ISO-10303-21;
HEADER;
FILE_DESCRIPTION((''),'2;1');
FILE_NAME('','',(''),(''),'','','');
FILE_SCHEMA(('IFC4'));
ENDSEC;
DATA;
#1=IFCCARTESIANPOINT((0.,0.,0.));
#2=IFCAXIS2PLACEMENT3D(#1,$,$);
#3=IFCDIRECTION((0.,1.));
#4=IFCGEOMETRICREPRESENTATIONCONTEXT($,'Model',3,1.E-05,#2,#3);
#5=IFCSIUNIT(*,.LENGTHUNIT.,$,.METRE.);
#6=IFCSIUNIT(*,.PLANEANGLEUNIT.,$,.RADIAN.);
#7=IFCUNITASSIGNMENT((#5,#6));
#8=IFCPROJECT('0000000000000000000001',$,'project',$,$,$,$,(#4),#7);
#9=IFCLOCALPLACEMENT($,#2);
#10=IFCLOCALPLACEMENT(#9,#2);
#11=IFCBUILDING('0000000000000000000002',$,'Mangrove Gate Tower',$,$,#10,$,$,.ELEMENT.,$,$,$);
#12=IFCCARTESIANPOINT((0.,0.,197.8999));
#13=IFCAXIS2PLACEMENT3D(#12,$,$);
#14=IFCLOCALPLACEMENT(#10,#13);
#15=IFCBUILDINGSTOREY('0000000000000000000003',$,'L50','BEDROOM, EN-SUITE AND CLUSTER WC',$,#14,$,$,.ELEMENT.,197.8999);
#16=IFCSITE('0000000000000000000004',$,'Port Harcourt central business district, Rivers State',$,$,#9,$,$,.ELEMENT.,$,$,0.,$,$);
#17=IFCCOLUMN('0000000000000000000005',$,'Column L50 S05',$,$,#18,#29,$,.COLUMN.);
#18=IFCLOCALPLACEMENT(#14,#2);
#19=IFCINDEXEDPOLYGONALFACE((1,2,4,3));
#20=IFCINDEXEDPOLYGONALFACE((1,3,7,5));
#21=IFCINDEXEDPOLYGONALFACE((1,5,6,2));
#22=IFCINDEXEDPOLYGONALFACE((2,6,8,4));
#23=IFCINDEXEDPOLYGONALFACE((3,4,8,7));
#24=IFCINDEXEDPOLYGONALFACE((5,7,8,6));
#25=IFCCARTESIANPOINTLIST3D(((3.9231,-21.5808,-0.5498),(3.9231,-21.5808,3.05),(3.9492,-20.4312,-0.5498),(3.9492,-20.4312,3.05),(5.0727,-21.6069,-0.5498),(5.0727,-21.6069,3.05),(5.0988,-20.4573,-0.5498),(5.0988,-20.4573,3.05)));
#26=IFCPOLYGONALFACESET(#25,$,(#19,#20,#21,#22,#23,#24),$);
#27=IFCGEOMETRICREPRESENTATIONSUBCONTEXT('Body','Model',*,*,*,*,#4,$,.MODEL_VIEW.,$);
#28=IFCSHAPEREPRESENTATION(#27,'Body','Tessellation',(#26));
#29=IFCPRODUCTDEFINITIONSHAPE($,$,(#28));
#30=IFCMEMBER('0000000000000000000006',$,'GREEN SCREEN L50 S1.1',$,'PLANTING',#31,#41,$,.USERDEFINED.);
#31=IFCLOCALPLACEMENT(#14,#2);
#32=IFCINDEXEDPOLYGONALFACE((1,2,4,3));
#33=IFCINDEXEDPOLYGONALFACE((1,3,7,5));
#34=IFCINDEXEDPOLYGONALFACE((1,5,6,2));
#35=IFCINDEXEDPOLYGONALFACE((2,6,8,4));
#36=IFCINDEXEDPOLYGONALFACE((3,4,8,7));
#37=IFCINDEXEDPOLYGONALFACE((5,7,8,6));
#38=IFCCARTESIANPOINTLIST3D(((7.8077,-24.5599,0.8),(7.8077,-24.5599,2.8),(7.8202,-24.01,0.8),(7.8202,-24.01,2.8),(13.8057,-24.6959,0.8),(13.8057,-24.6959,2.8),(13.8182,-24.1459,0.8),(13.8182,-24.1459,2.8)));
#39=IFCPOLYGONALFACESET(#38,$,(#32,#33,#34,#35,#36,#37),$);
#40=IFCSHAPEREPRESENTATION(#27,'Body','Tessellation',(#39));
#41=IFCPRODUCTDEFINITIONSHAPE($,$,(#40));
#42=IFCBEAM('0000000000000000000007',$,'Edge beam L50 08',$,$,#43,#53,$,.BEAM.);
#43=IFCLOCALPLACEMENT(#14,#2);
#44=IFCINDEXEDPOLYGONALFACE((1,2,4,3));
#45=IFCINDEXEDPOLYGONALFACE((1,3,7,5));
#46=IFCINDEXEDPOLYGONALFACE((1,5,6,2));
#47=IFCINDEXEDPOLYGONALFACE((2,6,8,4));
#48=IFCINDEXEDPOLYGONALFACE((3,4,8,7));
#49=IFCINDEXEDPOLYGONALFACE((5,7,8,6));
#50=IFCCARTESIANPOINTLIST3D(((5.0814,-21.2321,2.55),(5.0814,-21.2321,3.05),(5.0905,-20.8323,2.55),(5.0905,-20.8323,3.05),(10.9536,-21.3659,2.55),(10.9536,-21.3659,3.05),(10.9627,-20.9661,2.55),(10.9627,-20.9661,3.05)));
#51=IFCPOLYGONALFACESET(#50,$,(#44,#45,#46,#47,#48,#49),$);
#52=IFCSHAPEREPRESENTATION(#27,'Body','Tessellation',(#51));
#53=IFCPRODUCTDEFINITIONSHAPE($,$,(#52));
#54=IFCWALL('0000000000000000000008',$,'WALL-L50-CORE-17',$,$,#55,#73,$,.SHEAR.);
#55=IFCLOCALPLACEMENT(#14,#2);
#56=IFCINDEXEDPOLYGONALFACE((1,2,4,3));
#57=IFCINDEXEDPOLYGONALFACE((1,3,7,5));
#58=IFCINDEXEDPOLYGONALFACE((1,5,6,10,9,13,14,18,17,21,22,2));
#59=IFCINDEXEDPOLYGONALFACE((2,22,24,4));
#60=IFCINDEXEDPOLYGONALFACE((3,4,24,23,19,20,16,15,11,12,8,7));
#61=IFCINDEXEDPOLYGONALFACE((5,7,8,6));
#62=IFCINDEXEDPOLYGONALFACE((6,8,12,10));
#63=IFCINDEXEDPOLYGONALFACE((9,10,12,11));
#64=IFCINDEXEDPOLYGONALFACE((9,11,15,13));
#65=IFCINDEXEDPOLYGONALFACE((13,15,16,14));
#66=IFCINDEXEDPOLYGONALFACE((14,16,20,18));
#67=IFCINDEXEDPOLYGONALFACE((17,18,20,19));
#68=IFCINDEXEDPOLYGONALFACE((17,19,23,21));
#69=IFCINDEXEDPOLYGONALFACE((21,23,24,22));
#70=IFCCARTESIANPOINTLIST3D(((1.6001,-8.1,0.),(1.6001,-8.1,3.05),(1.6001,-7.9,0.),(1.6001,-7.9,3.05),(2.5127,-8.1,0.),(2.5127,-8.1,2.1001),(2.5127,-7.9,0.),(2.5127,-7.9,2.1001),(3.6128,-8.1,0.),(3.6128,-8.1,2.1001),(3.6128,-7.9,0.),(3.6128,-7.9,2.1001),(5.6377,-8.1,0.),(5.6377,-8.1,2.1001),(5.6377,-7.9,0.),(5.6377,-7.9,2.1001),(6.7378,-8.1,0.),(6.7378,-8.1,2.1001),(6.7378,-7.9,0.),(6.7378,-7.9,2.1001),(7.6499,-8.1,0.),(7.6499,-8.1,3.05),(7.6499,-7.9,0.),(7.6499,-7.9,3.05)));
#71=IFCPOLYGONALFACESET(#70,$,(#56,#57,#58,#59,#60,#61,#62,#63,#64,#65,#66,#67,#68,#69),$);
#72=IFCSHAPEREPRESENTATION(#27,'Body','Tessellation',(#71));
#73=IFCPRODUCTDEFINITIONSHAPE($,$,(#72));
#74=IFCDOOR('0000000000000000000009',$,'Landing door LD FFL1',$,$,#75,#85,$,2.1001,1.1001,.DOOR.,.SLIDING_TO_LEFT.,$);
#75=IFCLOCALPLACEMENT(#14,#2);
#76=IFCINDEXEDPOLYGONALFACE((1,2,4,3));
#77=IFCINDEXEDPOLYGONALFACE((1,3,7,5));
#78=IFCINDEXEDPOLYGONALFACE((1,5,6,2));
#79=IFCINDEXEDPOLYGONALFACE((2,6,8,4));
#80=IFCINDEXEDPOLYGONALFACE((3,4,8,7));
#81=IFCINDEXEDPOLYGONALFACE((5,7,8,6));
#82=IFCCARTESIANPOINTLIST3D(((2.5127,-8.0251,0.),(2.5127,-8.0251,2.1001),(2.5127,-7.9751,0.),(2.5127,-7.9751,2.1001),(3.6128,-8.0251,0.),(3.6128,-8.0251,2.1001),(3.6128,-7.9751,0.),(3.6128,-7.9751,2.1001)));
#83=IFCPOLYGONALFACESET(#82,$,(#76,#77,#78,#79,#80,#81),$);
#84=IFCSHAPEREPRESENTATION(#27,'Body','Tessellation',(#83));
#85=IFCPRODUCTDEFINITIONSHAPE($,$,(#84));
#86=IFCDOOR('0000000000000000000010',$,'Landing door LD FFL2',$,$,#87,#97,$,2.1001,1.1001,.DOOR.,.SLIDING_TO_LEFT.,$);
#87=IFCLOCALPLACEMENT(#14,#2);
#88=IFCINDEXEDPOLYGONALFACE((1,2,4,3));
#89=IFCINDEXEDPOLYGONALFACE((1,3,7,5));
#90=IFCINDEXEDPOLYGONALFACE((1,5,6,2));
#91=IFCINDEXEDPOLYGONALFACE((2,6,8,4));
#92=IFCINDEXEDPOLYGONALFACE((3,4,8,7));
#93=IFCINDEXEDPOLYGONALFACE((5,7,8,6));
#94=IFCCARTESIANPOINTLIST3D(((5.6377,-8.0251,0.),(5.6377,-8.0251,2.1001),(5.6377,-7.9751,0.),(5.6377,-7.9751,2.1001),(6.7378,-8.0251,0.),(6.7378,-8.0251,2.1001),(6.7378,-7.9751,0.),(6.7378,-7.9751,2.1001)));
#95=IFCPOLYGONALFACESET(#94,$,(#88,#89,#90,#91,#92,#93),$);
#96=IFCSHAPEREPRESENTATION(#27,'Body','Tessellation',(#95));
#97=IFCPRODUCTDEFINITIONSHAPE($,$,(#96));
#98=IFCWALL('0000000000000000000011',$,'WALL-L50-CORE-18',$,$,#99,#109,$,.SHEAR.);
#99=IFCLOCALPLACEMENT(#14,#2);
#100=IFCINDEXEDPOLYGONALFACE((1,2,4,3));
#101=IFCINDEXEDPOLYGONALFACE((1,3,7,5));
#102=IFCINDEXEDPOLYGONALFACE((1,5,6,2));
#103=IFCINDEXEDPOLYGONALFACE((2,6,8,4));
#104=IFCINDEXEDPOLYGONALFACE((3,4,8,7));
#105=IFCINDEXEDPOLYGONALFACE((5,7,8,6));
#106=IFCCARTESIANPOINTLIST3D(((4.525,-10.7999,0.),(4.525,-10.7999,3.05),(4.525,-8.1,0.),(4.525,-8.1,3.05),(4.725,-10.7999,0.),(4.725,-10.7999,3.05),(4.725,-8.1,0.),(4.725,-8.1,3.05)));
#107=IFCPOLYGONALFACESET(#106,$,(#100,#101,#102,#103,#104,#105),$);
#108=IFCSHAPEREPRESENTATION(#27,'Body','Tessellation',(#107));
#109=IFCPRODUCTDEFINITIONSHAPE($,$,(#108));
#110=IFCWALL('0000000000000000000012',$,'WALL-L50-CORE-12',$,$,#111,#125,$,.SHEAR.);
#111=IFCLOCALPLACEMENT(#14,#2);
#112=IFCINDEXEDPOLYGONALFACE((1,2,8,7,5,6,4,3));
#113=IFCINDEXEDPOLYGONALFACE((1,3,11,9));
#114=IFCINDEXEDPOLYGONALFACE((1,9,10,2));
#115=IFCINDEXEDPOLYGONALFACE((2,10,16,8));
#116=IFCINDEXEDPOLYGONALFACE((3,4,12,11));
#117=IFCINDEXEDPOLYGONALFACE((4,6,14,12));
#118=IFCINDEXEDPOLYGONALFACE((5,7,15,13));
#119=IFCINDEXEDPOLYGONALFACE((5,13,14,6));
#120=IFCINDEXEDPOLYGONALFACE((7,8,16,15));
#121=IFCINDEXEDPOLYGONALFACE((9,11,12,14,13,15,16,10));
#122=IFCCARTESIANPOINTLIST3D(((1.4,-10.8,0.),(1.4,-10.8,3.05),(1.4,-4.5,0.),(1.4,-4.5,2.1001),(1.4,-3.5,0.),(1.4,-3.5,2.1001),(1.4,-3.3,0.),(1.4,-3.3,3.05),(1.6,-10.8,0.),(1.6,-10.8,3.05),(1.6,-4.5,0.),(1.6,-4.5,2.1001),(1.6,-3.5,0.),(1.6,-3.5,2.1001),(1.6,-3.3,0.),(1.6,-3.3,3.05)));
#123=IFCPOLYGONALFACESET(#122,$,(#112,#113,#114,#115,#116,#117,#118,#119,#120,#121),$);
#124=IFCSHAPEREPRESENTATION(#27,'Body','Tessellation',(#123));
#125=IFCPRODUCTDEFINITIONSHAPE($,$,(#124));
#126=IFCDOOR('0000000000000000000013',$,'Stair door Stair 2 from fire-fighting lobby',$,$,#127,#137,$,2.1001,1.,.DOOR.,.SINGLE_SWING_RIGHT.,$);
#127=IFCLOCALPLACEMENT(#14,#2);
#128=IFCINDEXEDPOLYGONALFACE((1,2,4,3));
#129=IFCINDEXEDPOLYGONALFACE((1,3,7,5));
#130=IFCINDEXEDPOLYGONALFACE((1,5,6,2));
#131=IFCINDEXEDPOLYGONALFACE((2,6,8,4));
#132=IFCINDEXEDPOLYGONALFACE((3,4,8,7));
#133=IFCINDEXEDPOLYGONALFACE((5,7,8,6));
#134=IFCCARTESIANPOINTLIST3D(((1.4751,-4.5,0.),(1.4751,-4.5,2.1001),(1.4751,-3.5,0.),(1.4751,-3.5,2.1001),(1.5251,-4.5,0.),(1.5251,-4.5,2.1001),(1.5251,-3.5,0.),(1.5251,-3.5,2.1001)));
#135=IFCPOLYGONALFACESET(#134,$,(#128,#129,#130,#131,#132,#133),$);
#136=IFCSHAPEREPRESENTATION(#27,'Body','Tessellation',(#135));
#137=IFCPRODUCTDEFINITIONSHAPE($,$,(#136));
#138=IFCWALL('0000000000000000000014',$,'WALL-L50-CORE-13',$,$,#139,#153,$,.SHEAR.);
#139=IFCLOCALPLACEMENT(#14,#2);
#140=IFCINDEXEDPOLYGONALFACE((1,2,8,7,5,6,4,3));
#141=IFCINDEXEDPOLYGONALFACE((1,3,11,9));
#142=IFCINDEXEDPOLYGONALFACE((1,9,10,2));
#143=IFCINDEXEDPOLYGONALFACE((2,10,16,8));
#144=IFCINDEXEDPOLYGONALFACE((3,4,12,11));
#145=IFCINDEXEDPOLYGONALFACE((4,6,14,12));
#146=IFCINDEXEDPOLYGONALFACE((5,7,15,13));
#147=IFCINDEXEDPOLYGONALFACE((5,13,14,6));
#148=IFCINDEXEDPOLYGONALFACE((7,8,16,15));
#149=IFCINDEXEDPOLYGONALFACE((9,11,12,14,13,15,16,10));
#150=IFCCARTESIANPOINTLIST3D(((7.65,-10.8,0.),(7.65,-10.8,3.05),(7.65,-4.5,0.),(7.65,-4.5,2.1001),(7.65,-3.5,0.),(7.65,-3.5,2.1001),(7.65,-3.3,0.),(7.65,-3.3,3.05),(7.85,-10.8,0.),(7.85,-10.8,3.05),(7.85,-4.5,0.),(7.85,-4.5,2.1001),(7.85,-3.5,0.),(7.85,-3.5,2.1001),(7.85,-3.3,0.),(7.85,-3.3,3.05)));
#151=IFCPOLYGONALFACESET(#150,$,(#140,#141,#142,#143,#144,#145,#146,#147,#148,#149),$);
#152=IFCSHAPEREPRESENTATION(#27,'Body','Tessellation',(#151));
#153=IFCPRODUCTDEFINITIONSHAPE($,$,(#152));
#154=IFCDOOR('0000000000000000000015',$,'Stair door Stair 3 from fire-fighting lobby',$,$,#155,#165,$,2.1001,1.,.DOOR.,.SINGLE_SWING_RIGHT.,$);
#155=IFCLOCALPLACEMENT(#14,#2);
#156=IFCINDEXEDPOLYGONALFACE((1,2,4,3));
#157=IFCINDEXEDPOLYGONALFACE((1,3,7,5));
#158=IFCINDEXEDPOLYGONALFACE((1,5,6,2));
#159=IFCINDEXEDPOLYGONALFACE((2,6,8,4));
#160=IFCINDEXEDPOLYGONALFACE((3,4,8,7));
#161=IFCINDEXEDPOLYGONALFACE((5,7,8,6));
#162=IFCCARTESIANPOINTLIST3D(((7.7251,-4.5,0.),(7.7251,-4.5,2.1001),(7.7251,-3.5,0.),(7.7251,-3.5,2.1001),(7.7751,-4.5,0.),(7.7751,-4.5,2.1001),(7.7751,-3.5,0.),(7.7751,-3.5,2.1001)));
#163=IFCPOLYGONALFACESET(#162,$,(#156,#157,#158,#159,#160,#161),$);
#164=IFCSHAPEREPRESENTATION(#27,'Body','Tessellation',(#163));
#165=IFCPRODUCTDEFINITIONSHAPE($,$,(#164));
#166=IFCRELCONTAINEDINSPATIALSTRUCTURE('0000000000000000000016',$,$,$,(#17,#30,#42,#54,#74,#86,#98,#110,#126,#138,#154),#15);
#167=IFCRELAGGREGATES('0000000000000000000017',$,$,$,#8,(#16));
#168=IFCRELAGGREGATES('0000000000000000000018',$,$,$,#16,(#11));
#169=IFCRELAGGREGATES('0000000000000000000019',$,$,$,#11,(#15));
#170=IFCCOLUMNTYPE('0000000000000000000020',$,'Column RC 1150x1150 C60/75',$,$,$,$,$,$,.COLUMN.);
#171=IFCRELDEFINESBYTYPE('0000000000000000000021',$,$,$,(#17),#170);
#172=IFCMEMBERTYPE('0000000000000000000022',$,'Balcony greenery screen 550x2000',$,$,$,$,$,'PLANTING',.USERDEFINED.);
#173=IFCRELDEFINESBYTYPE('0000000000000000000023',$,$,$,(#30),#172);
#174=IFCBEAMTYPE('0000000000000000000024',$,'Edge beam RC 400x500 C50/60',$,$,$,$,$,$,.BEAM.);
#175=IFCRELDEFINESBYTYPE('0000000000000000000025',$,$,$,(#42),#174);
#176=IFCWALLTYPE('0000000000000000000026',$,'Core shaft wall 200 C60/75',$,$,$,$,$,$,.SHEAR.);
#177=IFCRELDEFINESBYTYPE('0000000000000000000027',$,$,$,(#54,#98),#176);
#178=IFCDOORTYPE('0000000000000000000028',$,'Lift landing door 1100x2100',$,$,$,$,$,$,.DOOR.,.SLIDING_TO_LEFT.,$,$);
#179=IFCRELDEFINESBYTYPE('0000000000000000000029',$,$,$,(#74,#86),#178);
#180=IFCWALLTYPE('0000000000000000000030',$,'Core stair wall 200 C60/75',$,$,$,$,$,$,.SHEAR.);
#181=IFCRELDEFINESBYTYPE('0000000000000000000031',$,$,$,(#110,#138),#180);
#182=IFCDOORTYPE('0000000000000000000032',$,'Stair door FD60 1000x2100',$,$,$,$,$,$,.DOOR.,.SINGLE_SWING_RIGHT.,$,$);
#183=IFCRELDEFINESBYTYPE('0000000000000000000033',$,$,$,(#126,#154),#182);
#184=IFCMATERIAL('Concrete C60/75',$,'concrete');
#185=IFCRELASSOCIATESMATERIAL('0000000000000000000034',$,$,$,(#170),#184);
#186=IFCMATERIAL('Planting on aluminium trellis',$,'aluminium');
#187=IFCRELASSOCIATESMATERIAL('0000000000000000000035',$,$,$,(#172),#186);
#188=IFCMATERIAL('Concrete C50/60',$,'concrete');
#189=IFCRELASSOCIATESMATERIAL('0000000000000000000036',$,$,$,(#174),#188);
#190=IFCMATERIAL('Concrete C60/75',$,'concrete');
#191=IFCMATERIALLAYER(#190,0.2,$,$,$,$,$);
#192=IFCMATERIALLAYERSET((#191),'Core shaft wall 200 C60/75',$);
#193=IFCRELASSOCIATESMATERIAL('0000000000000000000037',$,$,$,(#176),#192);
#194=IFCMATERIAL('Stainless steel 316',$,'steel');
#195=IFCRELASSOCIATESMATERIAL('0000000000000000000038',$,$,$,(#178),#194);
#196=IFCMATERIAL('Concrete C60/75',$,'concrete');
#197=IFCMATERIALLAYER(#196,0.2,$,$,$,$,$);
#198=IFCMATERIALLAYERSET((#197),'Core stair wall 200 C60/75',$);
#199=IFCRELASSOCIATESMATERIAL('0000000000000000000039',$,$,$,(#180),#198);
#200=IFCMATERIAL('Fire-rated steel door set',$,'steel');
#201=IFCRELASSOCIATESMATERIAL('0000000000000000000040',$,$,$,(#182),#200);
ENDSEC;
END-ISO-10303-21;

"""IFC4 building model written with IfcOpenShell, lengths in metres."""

from ifc_helpers import new_model, si_unit, direction, frame, frame_2d, origin, origin_2d, place, context, subcontext, project, spatial, rectangle, extrude, material, layer, layer_set, material_profile, profile_set, type_object, element, fill, save


model = new_model("IFC4")

# Units and contexts
model_context = context("Model", 3, precision=1e-05, world=origin(), true_north=direction((0.0, 1.0)))
body_context = subcontext(model_context, "Body", "Model", "MODEL_VIEW")
ifc_project = project(units=[si_unit("LENGTHUNIT", "METRE"), si_unit("PLANEANGLEUNIT", "RADIAN")], contexts=[model_context])

# Site, building, storey
site_placement = place(None, origin())
site = spatial("IfcSite", under=ifc_project, at=site_placement, Name="Port Harcourt central business district, Rivers State", CompositionType="ELEMENT", RefElevation=0.0)
building_placement = place(site_placement, origin())
building = spatial("IfcBuilding", under=site, at=building_placement, Name="Mangrove Gate Tower", CompositionType="ELEMENT")
storey_placement = place(building_placement, frame((0.0, 0.0, 197.8999)))
storey = spatial("IfcBuildingStorey", under=building, at=storey_placement, Name="L50", Description="BEDROOM, EN-SUITE AND CLUSTER WC", CompositionType="ELEMENT", Elevation=197.8999)

# Column
ifc_material_1 = material(Name="Concrete C60/75", Category="concrete")
ifc_material_profile_1 = material_profile(ifc_material_1, rectangle(XDim=1.1499, YDim=1.1499, at=origin_2d()))
ifc_profile_set_1 = profile_set([ifc_material_profile_1], Name="Concrete C60/75")
column_type = type_object("IfcColumnType", Name="Column RC 1150x1150 C60/75", PredefinedType="COLUMN", material=ifc_profile_set_1)
column_placement = place(storey_placement, frame((4.511, -21.019, -0.5498), z_axis=(0.0, 0.0, 1.0), x_axis=(0.999742, -0.022708, 0.0)))
element("IfcColumn", 1, at=column_placement, inside=storey, type_object=column_type, Name="Column L50 S05", PredefinedType="COLUMN", context=body_context, shape_type="SweptSolid", body=[
    extrude(rectangle(XDim=1.1499, YDim=1.1499, at=origin_2d()), origin(), (0.0, 0.0, 1.0), 3.5999),
])

# Member
ifc_material_2 = material(Name="Planting on aluminium trellis", Category="aluminium")
ifc_material_profile_2 = material_profile(ifc_material_2, rectangle(XDim=0.55, YDim=2.0, at=origin_2d()))
ifc_profile_set_2 = profile_set([ifc_material_profile_2], Name="Planting on aluminium trellis")
member_type = type_object("IfcMemberType", Name="Balcony greenery screen 550x2000", ElementType="PLANTING", PredefinedType="USERDEFINED", material=ifc_profile_set_2)
member_placement = place(storey_placement, frame((7.814, -24.2849, 1.8), z_axis=(0.999743, -0.022666, 0.0), x_axis=(0.022666, 0.999743, 0.0)))
element("IfcMember", 2, at=member_placement, inside=storey, type_object=member_type, Name="GREEN SCREEN L50 S1.1", ObjectType="PLANTING", PredefinedType="USERDEFINED", context=body_context, shape_type="SweptSolid", body=[
    extrude(rectangle(XDim=0.55, YDim=2.0, at=origin_2d()), origin(), (0.0, 0.0, 1.0), 5.9995),
])

# Beam
ifc_material_3 = material(Name="Concrete C50/60", Category="concrete")
ifc_material_profile_3 = material_profile(ifc_material_3, rectangle(XDim=0.3999, YDim=0.5, at=origin_2d()))
ifc_profile_set_3 = profile_set([ifc_material_profile_3], Name="Concrete C50/60")
beam_type = type_object("IfcBeamType", Name="Edge beam RC 400x500 C50/60", PredefinedType="BEAM", material=ifc_profile_set_3)
beam_placement = place(storey_placement, frame((5.0859, -21.0322, 2.8), z_axis=(0.999741, -0.022777, 0.0), x_axis=(0.022777, 0.999741, 0.0)))
element("IfcBeam", 3, at=beam_placement, inside=storey, type_object=beam_type, Name="Edge beam L50 08", PredefinedType="BEAM", context=body_context, shape_type="SweptSolid", body=[
    extrude(rectangle(XDim=0.3999, YDim=0.5, at=origin_2d()), origin(), (0.0, 0.0, 1.0), 5.8738),
])

# Wall, openings, doors
ifc_material_4 = material(Name="Concrete C60/75", Category="concrete")
ifc_layer_1 = layer(ifc_material_4, 0.2)
ifc_layer_set_1 = layer_set([ifc_layer_1], Name="Core shaft wall 200 C60/75")
wall_type_1 = type_object("IfcWallType", Name="Core shaft wall 200 C60/75", PredefinedType="SHEAR", material=ifc_layer_set_1)
wall_1_placement = place(storey_placement, frame((1.6001, -8.0, 0.0), z_axis=(0.0, 0.0, 1.0), x_axis=(1.0, 0.0, 0.0)))
wall_1 = element("IfcWall", 4, at=wall_1_placement, inside=storey, type_object=wall_type_1, Name="WALL-L50-CORE-17", PredefinedType="SHEAR", context=body_context, shape_type="SweptSolid", body=[
    extrude(rectangle(XDim=6.0498, YDim=0.2, at=frame_2d((3.0249, 0.0))), origin(), (0.0, 0.0, 1.0), 3.05),
])
opening_1_placement = place(wall_1_placement, frame((0.9126, 0.0, 0.0)))
opening_1 = element("IfcOpeningElement", 5, at=opening_1_placement, cuts=wall_1, PredefinedType="OPENING", context=body_context, shape_type="SweptSolid", body=[
    extrude(rectangle(XDim=1.1001, YDim=2.1001, at=frame_2d((0.55, 1.05))), frame((0.0, 0.1099, 0.0), z_axis=(0.0, -1.0, 0.0), x_axis=(1.0, 0.0, 0.0)), (0.0, 0.0, 1.0), 0.22),
])
opening_2_placement = place(wall_1_placement, frame((4.0376, 0.0, 0.0)))
opening_2 = element("IfcOpeningElement", 6, at=opening_2_placement, cuts=wall_1, PredefinedType="OPENING", context=body_context, shape_type="SweptSolid", body=[
    extrude(rectangle(XDim=1.1001, YDim=2.1001, at=frame_2d((0.55, 1.05))), frame((0.0, 0.1099, 0.0), z_axis=(0.0, -1.0, 0.0), x_axis=(1.0, 0.0, 0.0)), (0.0, 0.0, 1.0), 0.22),
])
ifc_material_5 = material(Name="Stainless steel 316", Category="steel")
door_type_1 = type_object("IfcDoorType", Name="Lift landing door 1100x2100", OperationType="SLIDING_TO_LEFT", PredefinedType="DOOR", material=ifc_material_5)
door_1_placement = place(opening_1_placement, origin())
door_1 = element("IfcDoor", 7, at=door_1_placement, inside=storey, type_object=door_type_1, Name="Landing door LD FFL1", OperationType="SLIDING_TO_LEFT", OverallHeight=2.1001, OverallWidth=1.1001, PredefinedType="DOOR", context=body_context, shape_type="SweptSolid", body=[
    extrude(rectangle(XDim=1.1001, YDim=2.1001, at=frame_2d((0.55, 1.05))), frame((0.0, 0.0249, 0.0), z_axis=(0.0, -1.0, 0.0), x_axis=(1.0, 0.0, 0.0)), (0.0, 0.0, 1.0), 0.05),
])
fill(opening_1, door_1)
door_2_placement = place(opening_2_placement, origin())
door_2 = element("IfcDoor", 8, at=door_2_placement, inside=storey, type_object=door_type_1, Name="Landing door LD FFL2", OperationType="SLIDING_TO_LEFT", OverallHeight=2.1001, OverallWidth=1.1001, PredefinedType="DOOR", context=body_context, shape_type="SweptSolid", body=[
    extrude(rectangle(XDim=1.1001, YDim=2.1001, at=frame_2d((0.55, 1.05))), frame((0.0, 0.0249, 0.0), z_axis=(0.0, -1.0, 0.0), x_axis=(1.0, 0.0, 0.0)), (0.0, 0.0, 1.0), 0.05),
])
fill(opening_2, door_2)

# Wall
wall_2_placement = place(storey_placement, frame((4.625, -10.8, 0.0), z_axis=(0.0, 0.0, 1.0), x_axis=(0.0, 1.0, 0.0)))
element("IfcWall", 9, at=wall_2_placement, inside=storey, type_object=wall_type_1, Name="WALL-L50-CORE-18", PredefinedType="SHEAR", context=body_context, shape_type="SweptSolid", body=[
    extrude(rectangle(XDim=2.7, YDim=0.2, at=frame_2d((1.3501, 0.0))), origin(), (0.0, 0.0, 1.0), 3.05),
])

# Walls, openings, doors
ifc_material_6 = material(Name="Concrete C60/75", Category="concrete")
ifc_layer_2 = layer(ifc_material_6, 0.2)
ifc_layer_set_2 = layer_set([ifc_layer_2], Name="Core stair wall 200 C60/75")
wall_type_2 = type_object("IfcWallType", Name="Core stair wall 200 C60/75", PredefinedType="SHEAR", material=ifc_layer_set_2)
wall_3_placement = place(storey_placement, frame((1.5, -10.8, 0.0), z_axis=(0.0, 0.0, 1.0), x_axis=(0.0, 1.0, 0.0)))
wall_3 = element("IfcWall", 10, at=wall_3_placement, inside=storey, type_object=wall_type_2, Name="WALL-L50-CORE-12", PredefinedType="SHEAR", context=body_context, shape_type="SweptSolid", body=[
    extrude(rectangle(XDim=7.5, YDim=0.2, at=frame_2d((3.75, 0.0))), origin(), (0.0, 0.0, 1.0), 3.05),
])
opening_3_placement = place(wall_3_placement, frame((6.3, 0.0, 0.0)))
opening_3 = element("IfcOpeningElement", 11, at=opening_3_placement, cuts=wall_3, PredefinedType="OPENING", context=body_context, shape_type="SweptSolid", body=[
    extrude(rectangle(XDim=1.0, YDim=2.1001, at=frame_2d((0.5, 1.05))), frame((0.0, 0.1099, 0.0), z_axis=(0.0, -1.0, 0.0), x_axis=(1.0, 0.0, 0.0)), (0.0, 0.0, 1.0), 0.22),
])
ifc_material_7 = material(Name="Fire-rated steel door set", Category="steel")
door_type_2 = type_object("IfcDoorType", Name="Stair door FD60 1000x2100", OperationType="SINGLE_SWING_RIGHT", PredefinedType="DOOR", material=ifc_material_7)
door_3_placement = place(opening_3_placement, origin())
door_3 = element("IfcDoor", 12, at=door_3_placement, inside=storey, type_object=door_type_2, Name="Stair door Stair 2 from fire-fighting lobby", OperationType="SINGLE_SWING_RIGHT", OverallHeight=2.1001, OverallWidth=1.0, PredefinedType="DOOR", context=body_context, shape_type="SweptSolid", body=[
    extrude(rectangle(XDim=1.0, YDim=2.1001, at=frame_2d((0.5, 1.05))), frame((0.0, 0.0249, 0.0), z_axis=(0.0, -1.0, 0.0), x_axis=(1.0, 0.0, 0.0)), (0.0, 0.0, 1.0), 0.05),
])
fill(opening_3, door_3)
wall_4_placement = place(storey_placement, frame((7.75, -10.8, 0.0), z_axis=(0.0, 0.0, 1.0), x_axis=(0.0, 1.0, 0.0)))
wall_4 = element("IfcWall", 13, at=wall_4_placement, inside=storey, type_object=wall_type_2, Name="WALL-L50-CORE-13", PredefinedType="SHEAR", context=body_context, shape_type="SweptSolid", body=[
    extrude(rectangle(XDim=7.5, YDim=0.2, at=frame_2d((3.75, 0.0))), origin(), (0.0, 0.0, 1.0), 3.05),
])
opening_4_placement = place(wall_4_placement, frame((6.3, 0.0, 0.0)))
opening_4 = element("IfcOpeningElement", 14, at=opening_4_placement, cuts=wall_4, PredefinedType="OPENING", context=body_context, shape_type="SweptSolid", body=[
    extrude(rectangle(XDim=1.0, YDim=2.1001, at=frame_2d((0.5, 1.05))), frame((0.0, 0.1099, 0.0), z_axis=(0.0, -1.0, 0.0), x_axis=(1.0, 0.0, 0.0)), (0.0, 0.0, 1.0), 0.22),
])
door_4_placement = place(opening_4_placement, origin())
door_4 = element("IfcDoor", 15, at=door_4_placement, inside=storey, type_object=door_type_2, Name="Stair door Stair 3 from fire-fighting lobby", OperationType="SINGLE_SWING_RIGHT", OverallHeight=2.1001, OverallWidth=1.0, PredefinedType="DOOR", context=body_context, shape_type="SweptSolid", body=[
    extrude(rectangle(XDim=1.0, YDim=2.1001, at=frame_2d((0.5, 1.05))), frame((0.0, 0.0249, 0.0), z_axis=(0.0, -1.0, 0.0), x_axis=(1.0, 0.0, 0.0)), (0.0, 0.0, 1.0), 0.05),
])
fill(opening_4, door_4)

save(model, "model.ifc")
